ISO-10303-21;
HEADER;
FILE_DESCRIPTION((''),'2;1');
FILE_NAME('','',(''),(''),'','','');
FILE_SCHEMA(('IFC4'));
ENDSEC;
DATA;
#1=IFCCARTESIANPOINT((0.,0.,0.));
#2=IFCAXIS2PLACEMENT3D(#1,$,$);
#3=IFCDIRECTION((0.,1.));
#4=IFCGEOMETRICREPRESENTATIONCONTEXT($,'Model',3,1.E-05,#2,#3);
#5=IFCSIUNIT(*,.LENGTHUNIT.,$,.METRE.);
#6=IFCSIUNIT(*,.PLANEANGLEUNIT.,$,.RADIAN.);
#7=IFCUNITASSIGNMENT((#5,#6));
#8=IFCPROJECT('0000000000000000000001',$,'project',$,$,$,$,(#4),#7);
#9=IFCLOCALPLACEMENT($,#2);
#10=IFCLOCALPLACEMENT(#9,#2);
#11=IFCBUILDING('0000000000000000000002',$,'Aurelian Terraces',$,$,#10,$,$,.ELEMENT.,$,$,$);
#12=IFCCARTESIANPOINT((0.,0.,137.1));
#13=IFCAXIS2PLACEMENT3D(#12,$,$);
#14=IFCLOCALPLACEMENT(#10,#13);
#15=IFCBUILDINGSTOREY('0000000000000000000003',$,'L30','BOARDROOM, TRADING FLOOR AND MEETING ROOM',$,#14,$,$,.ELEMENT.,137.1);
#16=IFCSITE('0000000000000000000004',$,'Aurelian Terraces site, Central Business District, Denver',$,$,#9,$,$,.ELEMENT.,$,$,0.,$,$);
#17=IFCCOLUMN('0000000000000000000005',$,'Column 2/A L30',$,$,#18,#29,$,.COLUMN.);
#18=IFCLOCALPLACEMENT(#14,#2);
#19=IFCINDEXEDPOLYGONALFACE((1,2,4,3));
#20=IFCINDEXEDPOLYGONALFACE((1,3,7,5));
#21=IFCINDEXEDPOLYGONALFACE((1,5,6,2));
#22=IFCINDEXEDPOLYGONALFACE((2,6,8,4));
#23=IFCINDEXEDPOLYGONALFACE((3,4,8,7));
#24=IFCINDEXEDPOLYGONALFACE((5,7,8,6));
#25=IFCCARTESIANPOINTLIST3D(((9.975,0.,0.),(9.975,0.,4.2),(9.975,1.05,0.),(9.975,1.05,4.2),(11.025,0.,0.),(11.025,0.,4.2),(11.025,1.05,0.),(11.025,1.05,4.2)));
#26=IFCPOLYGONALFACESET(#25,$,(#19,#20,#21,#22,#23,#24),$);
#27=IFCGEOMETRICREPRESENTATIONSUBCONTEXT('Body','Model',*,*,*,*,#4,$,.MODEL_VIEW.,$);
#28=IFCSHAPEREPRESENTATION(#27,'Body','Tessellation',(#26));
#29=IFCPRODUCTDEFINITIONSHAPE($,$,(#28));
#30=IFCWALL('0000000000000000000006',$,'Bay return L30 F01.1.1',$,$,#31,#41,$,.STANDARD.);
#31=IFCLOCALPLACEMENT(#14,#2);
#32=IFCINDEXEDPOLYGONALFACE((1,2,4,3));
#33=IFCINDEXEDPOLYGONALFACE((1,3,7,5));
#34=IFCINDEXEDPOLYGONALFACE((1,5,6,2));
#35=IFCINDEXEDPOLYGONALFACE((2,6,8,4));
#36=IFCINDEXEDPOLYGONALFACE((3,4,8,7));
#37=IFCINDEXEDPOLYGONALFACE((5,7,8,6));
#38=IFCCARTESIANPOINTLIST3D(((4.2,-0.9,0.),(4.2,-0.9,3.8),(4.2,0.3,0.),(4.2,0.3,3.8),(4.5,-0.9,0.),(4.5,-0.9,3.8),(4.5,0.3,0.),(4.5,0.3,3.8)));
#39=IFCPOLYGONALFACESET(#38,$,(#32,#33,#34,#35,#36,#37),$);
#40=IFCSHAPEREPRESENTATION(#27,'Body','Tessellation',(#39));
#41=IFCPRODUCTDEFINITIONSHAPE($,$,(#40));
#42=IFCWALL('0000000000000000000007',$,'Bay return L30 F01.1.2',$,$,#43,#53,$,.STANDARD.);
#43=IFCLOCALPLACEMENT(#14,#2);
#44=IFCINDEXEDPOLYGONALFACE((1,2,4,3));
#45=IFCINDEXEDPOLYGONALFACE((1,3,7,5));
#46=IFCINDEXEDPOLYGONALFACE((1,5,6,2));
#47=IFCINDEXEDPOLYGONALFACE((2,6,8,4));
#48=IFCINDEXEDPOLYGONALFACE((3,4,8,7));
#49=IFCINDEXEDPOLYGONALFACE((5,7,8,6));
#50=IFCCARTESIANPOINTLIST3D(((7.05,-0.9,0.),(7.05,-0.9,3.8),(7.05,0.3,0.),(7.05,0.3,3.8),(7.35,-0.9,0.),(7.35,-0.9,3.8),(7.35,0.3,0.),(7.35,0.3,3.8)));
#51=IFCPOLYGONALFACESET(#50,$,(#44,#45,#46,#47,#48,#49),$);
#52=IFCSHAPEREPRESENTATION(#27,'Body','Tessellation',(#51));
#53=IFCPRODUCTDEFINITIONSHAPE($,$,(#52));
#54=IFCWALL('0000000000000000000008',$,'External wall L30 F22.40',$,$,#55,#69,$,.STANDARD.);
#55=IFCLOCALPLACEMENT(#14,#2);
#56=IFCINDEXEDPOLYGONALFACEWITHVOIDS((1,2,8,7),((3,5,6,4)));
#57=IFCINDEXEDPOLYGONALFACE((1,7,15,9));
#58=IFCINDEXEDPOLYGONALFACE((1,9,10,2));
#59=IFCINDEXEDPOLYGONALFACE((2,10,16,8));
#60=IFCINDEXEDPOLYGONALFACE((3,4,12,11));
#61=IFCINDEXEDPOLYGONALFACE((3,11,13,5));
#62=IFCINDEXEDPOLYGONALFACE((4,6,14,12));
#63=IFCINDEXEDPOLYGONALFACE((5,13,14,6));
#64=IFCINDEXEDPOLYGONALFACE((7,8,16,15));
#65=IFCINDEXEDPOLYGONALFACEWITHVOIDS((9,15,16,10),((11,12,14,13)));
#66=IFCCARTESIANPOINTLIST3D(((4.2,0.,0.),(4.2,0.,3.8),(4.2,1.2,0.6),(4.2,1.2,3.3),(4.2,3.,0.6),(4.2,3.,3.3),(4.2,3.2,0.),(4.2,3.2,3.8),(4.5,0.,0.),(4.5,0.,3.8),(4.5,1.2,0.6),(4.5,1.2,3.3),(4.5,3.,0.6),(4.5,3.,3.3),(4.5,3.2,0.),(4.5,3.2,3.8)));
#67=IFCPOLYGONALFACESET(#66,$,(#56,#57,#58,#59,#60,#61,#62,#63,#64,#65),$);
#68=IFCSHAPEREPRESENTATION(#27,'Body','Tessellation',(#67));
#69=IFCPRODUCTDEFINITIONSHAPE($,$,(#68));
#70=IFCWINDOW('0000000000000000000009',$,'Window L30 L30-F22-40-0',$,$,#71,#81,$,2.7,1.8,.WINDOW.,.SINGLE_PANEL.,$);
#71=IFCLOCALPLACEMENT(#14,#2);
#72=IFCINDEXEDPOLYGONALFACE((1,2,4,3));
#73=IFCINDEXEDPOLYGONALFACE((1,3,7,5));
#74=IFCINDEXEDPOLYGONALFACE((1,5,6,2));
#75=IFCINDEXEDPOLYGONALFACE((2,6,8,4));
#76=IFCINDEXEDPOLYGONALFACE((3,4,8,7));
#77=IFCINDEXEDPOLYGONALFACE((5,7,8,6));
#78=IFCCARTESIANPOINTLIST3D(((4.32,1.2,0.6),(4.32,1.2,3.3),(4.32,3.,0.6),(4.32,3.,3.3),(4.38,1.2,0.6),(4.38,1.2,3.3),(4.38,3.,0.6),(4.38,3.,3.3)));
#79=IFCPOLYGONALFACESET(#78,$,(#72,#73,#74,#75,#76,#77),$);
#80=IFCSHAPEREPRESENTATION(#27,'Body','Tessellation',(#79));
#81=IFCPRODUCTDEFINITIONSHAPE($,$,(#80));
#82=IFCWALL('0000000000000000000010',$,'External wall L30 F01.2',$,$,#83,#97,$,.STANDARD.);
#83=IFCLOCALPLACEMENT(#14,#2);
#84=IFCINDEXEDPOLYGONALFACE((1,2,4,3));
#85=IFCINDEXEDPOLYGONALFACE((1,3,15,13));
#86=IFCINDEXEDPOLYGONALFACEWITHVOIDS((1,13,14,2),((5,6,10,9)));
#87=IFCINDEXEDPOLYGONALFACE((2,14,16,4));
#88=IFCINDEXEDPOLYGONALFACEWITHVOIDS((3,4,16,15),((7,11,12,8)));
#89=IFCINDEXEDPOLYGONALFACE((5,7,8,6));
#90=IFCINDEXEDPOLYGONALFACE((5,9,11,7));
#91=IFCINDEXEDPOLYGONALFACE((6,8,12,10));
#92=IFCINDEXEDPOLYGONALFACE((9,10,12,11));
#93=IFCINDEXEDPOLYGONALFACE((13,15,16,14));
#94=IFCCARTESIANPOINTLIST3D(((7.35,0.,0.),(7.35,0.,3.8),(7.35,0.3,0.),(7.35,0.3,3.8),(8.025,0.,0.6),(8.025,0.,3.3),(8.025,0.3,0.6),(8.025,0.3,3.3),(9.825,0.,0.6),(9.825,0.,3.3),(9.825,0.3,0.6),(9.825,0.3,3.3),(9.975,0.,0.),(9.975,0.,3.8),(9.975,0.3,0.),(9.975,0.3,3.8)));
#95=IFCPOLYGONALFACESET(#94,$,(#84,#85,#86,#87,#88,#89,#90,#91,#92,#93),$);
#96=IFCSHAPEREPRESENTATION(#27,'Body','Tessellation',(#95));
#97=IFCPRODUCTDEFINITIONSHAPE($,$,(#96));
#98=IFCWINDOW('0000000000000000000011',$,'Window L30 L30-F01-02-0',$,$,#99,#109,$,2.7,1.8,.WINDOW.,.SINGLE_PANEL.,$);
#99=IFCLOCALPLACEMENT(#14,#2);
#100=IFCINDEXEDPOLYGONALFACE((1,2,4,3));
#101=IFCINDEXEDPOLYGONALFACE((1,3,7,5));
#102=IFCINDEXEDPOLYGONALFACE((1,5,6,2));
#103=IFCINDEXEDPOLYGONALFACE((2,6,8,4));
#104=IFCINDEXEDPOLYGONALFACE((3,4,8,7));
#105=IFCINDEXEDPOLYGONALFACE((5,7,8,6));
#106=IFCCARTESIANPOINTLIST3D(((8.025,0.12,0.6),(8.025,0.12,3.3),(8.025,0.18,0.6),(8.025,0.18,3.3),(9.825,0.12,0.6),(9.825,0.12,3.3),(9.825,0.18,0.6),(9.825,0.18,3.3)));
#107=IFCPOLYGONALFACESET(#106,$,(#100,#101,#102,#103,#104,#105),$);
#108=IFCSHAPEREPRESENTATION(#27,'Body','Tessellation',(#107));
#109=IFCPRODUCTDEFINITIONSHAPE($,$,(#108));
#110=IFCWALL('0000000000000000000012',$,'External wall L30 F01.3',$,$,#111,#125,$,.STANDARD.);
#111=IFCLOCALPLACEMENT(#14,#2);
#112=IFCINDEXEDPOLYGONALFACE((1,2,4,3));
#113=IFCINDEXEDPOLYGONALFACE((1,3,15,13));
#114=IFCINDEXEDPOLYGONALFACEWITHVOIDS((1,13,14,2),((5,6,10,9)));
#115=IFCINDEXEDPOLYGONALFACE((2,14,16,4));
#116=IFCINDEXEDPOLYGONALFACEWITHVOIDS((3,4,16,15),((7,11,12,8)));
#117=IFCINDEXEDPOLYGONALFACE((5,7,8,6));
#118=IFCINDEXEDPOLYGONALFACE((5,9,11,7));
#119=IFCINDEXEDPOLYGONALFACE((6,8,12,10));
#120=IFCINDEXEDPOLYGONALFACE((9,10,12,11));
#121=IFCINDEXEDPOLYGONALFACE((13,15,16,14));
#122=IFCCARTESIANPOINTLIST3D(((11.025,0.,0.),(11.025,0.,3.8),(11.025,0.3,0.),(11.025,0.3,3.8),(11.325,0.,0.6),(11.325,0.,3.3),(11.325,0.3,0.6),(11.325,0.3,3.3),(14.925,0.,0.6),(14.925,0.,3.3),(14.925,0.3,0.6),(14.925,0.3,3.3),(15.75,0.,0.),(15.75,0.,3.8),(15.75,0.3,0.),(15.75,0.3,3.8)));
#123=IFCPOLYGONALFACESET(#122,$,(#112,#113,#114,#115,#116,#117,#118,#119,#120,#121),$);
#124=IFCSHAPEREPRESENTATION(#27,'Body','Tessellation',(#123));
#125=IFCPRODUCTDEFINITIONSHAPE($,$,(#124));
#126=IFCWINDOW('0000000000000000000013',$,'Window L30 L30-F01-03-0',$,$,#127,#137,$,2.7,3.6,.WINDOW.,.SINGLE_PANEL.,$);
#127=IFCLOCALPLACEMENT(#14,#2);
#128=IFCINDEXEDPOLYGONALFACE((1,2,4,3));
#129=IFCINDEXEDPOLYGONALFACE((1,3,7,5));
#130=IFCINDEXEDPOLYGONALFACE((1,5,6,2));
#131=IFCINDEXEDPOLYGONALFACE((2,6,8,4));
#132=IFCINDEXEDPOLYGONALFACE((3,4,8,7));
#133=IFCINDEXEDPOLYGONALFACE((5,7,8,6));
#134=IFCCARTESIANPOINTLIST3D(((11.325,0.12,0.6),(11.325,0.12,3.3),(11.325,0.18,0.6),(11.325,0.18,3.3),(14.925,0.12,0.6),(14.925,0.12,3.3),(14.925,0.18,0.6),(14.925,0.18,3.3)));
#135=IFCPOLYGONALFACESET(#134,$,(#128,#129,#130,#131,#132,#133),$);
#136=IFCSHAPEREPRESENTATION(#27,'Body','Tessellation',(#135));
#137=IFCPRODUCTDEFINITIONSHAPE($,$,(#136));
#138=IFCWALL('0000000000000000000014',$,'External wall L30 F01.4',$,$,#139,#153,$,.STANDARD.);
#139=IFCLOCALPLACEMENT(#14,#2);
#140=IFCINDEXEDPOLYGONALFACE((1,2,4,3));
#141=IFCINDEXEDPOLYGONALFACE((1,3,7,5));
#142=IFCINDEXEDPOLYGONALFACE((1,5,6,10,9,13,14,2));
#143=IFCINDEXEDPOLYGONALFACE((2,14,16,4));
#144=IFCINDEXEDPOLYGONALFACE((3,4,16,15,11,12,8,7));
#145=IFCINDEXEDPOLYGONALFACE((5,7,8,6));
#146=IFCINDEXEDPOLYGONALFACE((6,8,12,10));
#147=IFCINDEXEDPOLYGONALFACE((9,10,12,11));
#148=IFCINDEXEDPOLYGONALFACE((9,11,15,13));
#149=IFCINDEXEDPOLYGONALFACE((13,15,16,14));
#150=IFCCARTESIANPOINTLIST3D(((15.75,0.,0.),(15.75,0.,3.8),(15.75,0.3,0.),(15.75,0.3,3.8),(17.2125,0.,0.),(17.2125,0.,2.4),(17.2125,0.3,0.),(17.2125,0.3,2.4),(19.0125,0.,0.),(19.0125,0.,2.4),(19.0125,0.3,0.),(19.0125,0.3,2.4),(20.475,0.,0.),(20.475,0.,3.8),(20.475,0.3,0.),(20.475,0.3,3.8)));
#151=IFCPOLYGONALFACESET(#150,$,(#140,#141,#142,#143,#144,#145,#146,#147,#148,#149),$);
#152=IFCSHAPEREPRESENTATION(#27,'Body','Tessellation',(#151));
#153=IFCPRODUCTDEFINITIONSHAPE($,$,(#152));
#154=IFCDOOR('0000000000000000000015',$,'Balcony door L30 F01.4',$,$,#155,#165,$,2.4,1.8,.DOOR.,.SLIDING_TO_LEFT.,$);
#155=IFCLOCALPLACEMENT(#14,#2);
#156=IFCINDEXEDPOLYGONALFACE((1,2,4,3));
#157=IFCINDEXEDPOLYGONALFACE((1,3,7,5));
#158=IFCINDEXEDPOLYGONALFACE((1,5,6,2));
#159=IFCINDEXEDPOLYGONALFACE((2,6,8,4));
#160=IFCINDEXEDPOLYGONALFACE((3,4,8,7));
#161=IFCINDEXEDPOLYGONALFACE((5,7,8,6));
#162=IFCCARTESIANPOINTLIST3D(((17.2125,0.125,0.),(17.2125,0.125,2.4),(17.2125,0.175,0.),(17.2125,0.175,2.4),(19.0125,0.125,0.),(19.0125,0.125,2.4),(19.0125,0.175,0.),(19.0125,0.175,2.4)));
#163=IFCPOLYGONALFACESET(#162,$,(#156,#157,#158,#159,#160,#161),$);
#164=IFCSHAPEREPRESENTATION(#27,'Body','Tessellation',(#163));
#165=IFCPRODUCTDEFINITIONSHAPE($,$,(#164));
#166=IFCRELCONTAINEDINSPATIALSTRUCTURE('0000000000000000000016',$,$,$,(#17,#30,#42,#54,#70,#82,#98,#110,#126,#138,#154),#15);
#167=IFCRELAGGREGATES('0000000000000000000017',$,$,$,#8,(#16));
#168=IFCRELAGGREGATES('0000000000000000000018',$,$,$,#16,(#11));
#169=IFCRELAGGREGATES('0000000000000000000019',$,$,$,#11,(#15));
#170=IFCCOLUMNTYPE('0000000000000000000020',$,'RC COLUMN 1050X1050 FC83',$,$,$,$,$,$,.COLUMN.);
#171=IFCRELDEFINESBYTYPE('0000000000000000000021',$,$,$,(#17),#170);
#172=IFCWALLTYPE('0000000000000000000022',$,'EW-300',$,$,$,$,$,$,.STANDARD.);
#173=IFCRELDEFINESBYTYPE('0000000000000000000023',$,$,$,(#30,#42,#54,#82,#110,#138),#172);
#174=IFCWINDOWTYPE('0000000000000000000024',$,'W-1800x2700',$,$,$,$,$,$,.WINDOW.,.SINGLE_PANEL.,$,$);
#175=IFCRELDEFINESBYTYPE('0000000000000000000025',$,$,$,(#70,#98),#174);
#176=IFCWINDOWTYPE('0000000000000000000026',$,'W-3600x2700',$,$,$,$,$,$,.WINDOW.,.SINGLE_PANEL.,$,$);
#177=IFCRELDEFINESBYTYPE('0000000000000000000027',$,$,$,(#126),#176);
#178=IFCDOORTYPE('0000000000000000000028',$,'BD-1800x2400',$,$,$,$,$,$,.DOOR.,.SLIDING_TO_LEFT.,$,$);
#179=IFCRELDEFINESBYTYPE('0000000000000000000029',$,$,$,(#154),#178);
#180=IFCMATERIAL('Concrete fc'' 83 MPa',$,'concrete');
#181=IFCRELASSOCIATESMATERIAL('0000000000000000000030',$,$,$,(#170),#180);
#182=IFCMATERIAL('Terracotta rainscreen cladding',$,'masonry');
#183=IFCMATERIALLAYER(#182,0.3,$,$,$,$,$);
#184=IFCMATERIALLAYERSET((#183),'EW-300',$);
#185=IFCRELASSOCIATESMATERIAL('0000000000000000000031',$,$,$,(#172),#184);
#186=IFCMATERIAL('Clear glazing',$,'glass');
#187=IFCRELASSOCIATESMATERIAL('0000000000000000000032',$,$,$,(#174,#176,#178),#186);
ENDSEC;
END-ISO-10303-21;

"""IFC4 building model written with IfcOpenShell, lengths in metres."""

from ifc_helpers import new_model, si_unit, direction, frame, frame_2d, origin, origin_2d, place, context, subcontext, project, spatial, rectangle, extrude, source, transform, mapped, material, layer, layer_set, material_profile, profile_set, type_object, element, fill, save


model = new_model("IFC4")

# Units and contexts
model_context = context("Model", 3, precision=1e-05, world=origin(), true_north=direction((0.0, 1.0)))
body_context = subcontext(model_context, "Body", "Model", "MODEL_VIEW")
ifc_project = project(units=[si_unit("LENGTHUNIT", "METRE"), si_unit("PLANEANGLEUNIT", "RADIAN")], contexts=[model_context])

# Site, building, storey
site_placement = place(None, origin())
site = spatial("IfcSite", under=ifc_project, at=site_placement, Name="Aurelian Terraces site, Central Business District, Denver", CompositionType="ELEMENT", RefElevation=0.0)
building_placement = place(site_placement, origin())
building = spatial("IfcBuilding", under=site, at=building_placement, Name="Aurelian Terraces", CompositionType="ELEMENT")
storey_placement = place(building_placement, frame((0.0, 0.0, 137.1)))
storey = spatial("IfcBuildingStorey", under=building, at=storey_placement, Name="L30", Description="BOARDROOM, TRADING FLOOR AND MEETING ROOM", CompositionType="ELEMENT", Elevation=137.1)

# Column
ifc_material_1 = material(Name="Concrete fc' 83 MPa", Category="concrete")
ifc_material_profile = material_profile(ifc_material_1, rectangle(XDim=1.05, YDim=1.05, at=origin_2d()))
ifc_profile_set = profile_set([ifc_material_profile], Name="Concrete fc' 83 MPa")
column_type = type_object("IfcColumnType", Name="RC COLUMN 1050X1050 FC83", PredefinedType="COLUMN", material=ifc_profile_set)
shared_shape_1 = source(origin(), body_context, "Body", "SweptSolid", [
    extrude(rectangle(XDim=1.05, YDim=1.05, at=origin_2d()), origin(), (0.0, 0.0, 1.0), 4.2),
])
column_placement = place(storey_placement, frame((10.5, 0.525, 0.0), z_axis=(0.0, 0.0, 1.0), x_axis=(1.0, 0.0, 0.0)))
element("IfcColumn", 1, at=column_placement, inside=storey, type_object=column_type, Name="Column 2/A L30", PredefinedType="COLUMN", context=body_context, shape_type="MappedRepresentation", body=[
    mapped(shared_shape_1, transform((0.0, 0.0, 0.0), scale=1.0)),
])

# Walls
ifc_material_2 = material(Name="Terracotta rainscreen cladding", Category="masonry")
ifc_layer_1 = layer(ifc_material_2, 0.3)
ifc_layer_set_1 = layer_set([ifc_layer_1], Name="EW-300")
wall_type_1 = type_object("IfcWallType", Name="EW-300", PredefinedType="STANDARD", material=ifc_layer_set_1)
shared_shape_2 = source(origin(), body_context, "Body", "SweptSolid", [
    extrude(rectangle(XDim=1.2, YDim=0.3, at=frame_2d((0.6, 0.0))), origin(), (0.0, 0.0, 1.0), 3.8),
])
for number, where, z_axis, x_axis, name in (
    (2, (4.35, 0.3, 0.0), (0.0, 0.0, 1.0), (0.0, -1.0, 0.0), "Bay return L30 F01.1.1"),
    (3, (7.2, 0.3, 0.0), (0.0, 0.0, 1.0), (0.0, -1.0, 0.0), "Bay return L30 F01.1.2"),
):
    element("IfcWall", number, at=place(storey_placement, frame(where, z_axis=z_axis, x_axis=x_axis)), inside=storey, type_object=wall_type_1, Name=name, PredefinedType="STANDARD", context=body_context, shape_type="MappedRepresentation", body=[
        mapped(shared_shape_2, transform((0.0, 0.0, 0.0), scale=1.0)),
    ])

# Walls, openings, windows
shared_shape_3 = source(origin(), body_context, "Body", "SweptSolid", [
    extrude(rectangle(XDim=3.2, YDim=0.3, at=frame_2d((1.6, 0.0))), origin(), (0.0, 0.0, 1.0), 3.8),
])
wall_1_placement = place(storey_placement, frame((4.35, 3.2, 0.0), z_axis=(0.0, 0.0, 1.0), x_axis=(0.0, -1.0, 0.0)))
wall_1 = element("IfcWall", 4, at=wall_1_placement, inside=storey, type_object=wall_type_1, Name="External wall L30 F22.40", PredefinedType="STANDARD", context=body_context, shape_type="MappedRepresentation", body=[
    mapped(shared_shape_3, transform((0.0, 0.0, 0.0), scale=1.0)),
])
shared_shape_4 = source(origin(), body_context, "Body", "SweptSolid", [
    extrude(rectangle(XDim=1.8, YDim=2.7, at=frame_2d((0.9, 1.35))), frame((0.0, 0.16, 0.0), z_axis=(0.0, -1.0, 0.0), x_axis=(1.0, 0.0, 0.0)), (0.0, 0.0, 1.0), 0.32),
])
opening_1_placement = place(wall_1_placement, frame((0.2, 0.0, 0.6)))
opening_1 = element("IfcOpeningElement", 5, at=opening_1_placement, cuts=wall_1, PredefinedType="OPENING", context=body_context, shape_type="MappedRepresentation", body=[
    mapped(shared_shape_4, transform((0.0, 0.0, 0.0), scale=1.0)),
])
ifc_material_3 = material(Name="Clear glazing", Category="glass")
window_type_1 = type_object("IfcWindowType", Name="W-1800x2700", PartitioningType="SINGLE_PANEL", PredefinedType="WINDOW", material=ifc_material_3)
shared_shape_5 = source(origin(), body_context, "Body", "SweptSolid", [
    extrude(rectangle(XDim=1.8, YDim=2.7, at=frame_2d((0.9, 1.35))), frame((0.0, 0.03, 0.0), z_axis=(0.0, -1.0, 0.0), x_axis=(1.0, 0.0, 0.0)), (0.0, 0.0, 1.0), 0.06),
])
window_1_placement = place(opening_1_placement, origin())
window_1 = element("IfcWindow", 6, at=window_1_placement, inside=storey, type_object=window_type_1, Name="Window L30 L30-F22-40-0", OverallHeight=2.7, OverallWidth=1.8, PartitioningType="SINGLE_PANEL", PredefinedType="WINDOW", context=body_context, shape_type="MappedRepresentation", body=[
    mapped(shared_shape_5, transform((0.0, 0.0, 0.0), scale=1.0)),
])
fill(opening_1, window_1)
shared_shape_6 = source(origin(), body_context, "Body", "SweptSolid", [
    extrude(rectangle(XDim=2.625, YDim=0.3, at=frame_2d((1.3125, 0.0))), origin(), (0.0, 0.0, 1.0), 3.8),
])
wall_2_placement = place(storey_placement, frame((7.35, 0.15, 0.0), z_axis=(0.0, 0.0, 1.0), x_axis=(1.0, 0.0, 0.0)))
wall_2 = element("IfcWall", 7, at=wall_2_placement, inside=storey, type_object=wall_type_1, Name="External wall L30 F01.2", PredefinedType="STANDARD", context=body_context, shape_type="MappedRepresentation", body=[
    mapped(shared_shape_6, transform((0.0, 0.0, 0.0), scale=1.0)),
])
opening_2_placement = place(wall_2_placement, frame((0.675, 0.0, 0.6)))
opening_2 = element("IfcOpeningElement", 8, at=opening_2_placement, cuts=wall_2, PredefinedType="OPENING", context=body_context, shape_type="MappedRepresentation", body=[
    mapped(shared_shape_4, transform((0.0, 0.0, 0.0), scale=1.0)),
])
window_2_placement = place(opening_2_placement, origin())
window_2 = element("IfcWindow", 9, at=window_2_placement, inside=storey, type_object=window_type_1, Name="Window L30 L30-F01-02-0", OverallHeight=2.7, OverallWidth=1.8, PartitioningType="SINGLE_PANEL", PredefinedType="WINDOW", context=body_context, shape_type="MappedRepresentation", body=[
    mapped(shared_shape_5, transform((0.0, 0.0, 0.0), scale=1.0)),
])
fill(opening_2, window_2)
shared_shape_7 = source(origin(), body_context, "Body", "SweptSolid", [
    extrude(rectangle(XDim=4.725, YDim=0.3, at=frame_2d((2.3625, 0.0))), origin(), (0.0, 0.0, 1.0), 3.8),
])
wall_3_placement = place(storey_placement, frame((11.025, 0.15, 0.0), z_axis=(0.0, 0.0, 1.0), x_axis=(1.0, 0.0, 0.0)))
wall_3 = element("IfcWall", 10, at=wall_3_placement, inside=storey, type_object=wall_type_1, Name="External wall L30 F01.3", PredefinedType="STANDARD", context=body_context, shape_type="MappedRepresentation", body=[
    mapped(shared_shape_7, transform((0.0, 0.0, 0.0), scale=1.0)),
])
shared_shape_8 = source(origin(), body_context, "Body", "SweptSolid", [
    extrude(rectangle(XDim=3.6, YDim=2.7, at=frame_2d((1.8, 1.35))), frame((0.0, 0.16, 0.0), z_axis=(0.0, -1.0, 0.0), x_axis=(1.0, 0.0, 0.0)), (0.0, 0.0, 1.0), 0.32),
])
opening_3_placement = place(wall_3_placement, frame((0.3, 0.0, 0.6)))
opening_3 = element("IfcOpeningElement", 11, at=opening_3_placement, cuts=wall_3, PredefinedType="OPENING", context=body_context, shape_type="MappedRepresentation", body=[
    mapped(shared_shape_8, transform((0.0, 0.0, 0.0), scale=1.0)),
])
window_type_2 = type_object("IfcWindowType", Name="W-3600x2700", PartitioningType="SINGLE_PANEL", PredefinedType="WINDOW", material=ifc_material_3)
shared_shape_9 = source(origin(), body_context, "Body", "SweptSolid", [
    extrude(rectangle(XDim=3.6, YDim=2.7, at=frame_2d((1.8, 1.35))), frame((0.0, 0.03, 0.0), z_axis=(0.0, -1.0, 0.0), x_axis=(1.0, 0.0, 0.0)), (0.0, 0.0, 1.0), 0.06),
])
window_3_placement = place(opening_3_placement, origin())
window_3 = element("IfcWindow", 12, at=window_3_placement, inside=storey, type_object=window_type_2, Name="Window L30 L30-F01-03-0", OverallHeight=2.7, OverallWidth=3.6, PartitioningType="SINGLE_PANEL", PredefinedType="WINDOW", context=body_context, shape_type="MappedRepresentation", body=[
    mapped(shared_shape_9, transform((0.0, 0.0, 0.0), scale=1.0)),
])
fill(opening_3, window_3)

# Wall, opening, door
wall_4_placement = place(storey_placement, frame((15.75, 0.15, 0.0), z_axis=(0.0, 0.0, 1.0), x_axis=(1.0, 0.0, 0.0)))
wall_4 = element("IfcWall", 13, at=wall_4_placement, inside=storey, type_object=wall_type_1, Name="External wall L30 F01.4", PredefinedType="STANDARD", context=body_context, shape_type="MappedRepresentation", body=[
    mapped(shared_shape_7, transform((0.0, 0.0, 0.0), scale=1.0)),
])
shared_shape_10 = source(origin(), body_context, "Body", "SweptSolid", [
    extrude(rectangle(XDim=1.8, YDim=2.4, at=frame_2d((0.9, 1.2))), frame((0.0, 0.16, 0.0), z_axis=(0.0, -1.0, 0.0), x_axis=(1.0, 0.0, 0.0)), (0.0, 0.0, 1.0), 0.32),
])
opening_4_placement = place(wall_4_placement, frame((1.4625, 0.0, 0.0)))
opening_4 = element("IfcOpeningElement", 14, at=opening_4_placement, cuts=wall_4, PredefinedType="OPENING", context=body_context, shape_type="MappedRepresentation", body=[
    mapped(shared_shape_10, transform((0.0, 0.0, 0.0), scale=1.0)),
])
door_type = type_object("IfcDoorType", Name="BD-1800x2400", OperationType="SLIDING_TO_LEFT", PredefinedType="DOOR", material=ifc_material_3)
shared_shape_11 = source(origin(), body_context, "Body", "SweptSolid", [
    extrude(rectangle(XDim=1.8, YDim=2.4, at=frame_2d((0.9, 1.2))), frame((0.0, 0.025, 0.0), z_axis=(0.0, -1.0, 0.0), x_axis=(1.0, 0.0, 0.0)), (0.0, 0.0, 1.0), 0.05),
])
door_placement = place(opening_4_placement, origin())
door = element("IfcDoor", 15, at=door_placement, inside=storey, type_object=door_type, Name="Balcony door L30 F01.4", OperationType="SLIDING_TO_LEFT", OverallHeight=2.4, OverallWidth=1.8, PredefinedType="DOOR", context=body_context, shape_type="MappedRepresentation", body=[
    mapped(shared_shape_11, transform((0.0, 0.0, 0.0), scale=1.0)),
])
fill(opening_4, door)

save(model, "model.ifc")
